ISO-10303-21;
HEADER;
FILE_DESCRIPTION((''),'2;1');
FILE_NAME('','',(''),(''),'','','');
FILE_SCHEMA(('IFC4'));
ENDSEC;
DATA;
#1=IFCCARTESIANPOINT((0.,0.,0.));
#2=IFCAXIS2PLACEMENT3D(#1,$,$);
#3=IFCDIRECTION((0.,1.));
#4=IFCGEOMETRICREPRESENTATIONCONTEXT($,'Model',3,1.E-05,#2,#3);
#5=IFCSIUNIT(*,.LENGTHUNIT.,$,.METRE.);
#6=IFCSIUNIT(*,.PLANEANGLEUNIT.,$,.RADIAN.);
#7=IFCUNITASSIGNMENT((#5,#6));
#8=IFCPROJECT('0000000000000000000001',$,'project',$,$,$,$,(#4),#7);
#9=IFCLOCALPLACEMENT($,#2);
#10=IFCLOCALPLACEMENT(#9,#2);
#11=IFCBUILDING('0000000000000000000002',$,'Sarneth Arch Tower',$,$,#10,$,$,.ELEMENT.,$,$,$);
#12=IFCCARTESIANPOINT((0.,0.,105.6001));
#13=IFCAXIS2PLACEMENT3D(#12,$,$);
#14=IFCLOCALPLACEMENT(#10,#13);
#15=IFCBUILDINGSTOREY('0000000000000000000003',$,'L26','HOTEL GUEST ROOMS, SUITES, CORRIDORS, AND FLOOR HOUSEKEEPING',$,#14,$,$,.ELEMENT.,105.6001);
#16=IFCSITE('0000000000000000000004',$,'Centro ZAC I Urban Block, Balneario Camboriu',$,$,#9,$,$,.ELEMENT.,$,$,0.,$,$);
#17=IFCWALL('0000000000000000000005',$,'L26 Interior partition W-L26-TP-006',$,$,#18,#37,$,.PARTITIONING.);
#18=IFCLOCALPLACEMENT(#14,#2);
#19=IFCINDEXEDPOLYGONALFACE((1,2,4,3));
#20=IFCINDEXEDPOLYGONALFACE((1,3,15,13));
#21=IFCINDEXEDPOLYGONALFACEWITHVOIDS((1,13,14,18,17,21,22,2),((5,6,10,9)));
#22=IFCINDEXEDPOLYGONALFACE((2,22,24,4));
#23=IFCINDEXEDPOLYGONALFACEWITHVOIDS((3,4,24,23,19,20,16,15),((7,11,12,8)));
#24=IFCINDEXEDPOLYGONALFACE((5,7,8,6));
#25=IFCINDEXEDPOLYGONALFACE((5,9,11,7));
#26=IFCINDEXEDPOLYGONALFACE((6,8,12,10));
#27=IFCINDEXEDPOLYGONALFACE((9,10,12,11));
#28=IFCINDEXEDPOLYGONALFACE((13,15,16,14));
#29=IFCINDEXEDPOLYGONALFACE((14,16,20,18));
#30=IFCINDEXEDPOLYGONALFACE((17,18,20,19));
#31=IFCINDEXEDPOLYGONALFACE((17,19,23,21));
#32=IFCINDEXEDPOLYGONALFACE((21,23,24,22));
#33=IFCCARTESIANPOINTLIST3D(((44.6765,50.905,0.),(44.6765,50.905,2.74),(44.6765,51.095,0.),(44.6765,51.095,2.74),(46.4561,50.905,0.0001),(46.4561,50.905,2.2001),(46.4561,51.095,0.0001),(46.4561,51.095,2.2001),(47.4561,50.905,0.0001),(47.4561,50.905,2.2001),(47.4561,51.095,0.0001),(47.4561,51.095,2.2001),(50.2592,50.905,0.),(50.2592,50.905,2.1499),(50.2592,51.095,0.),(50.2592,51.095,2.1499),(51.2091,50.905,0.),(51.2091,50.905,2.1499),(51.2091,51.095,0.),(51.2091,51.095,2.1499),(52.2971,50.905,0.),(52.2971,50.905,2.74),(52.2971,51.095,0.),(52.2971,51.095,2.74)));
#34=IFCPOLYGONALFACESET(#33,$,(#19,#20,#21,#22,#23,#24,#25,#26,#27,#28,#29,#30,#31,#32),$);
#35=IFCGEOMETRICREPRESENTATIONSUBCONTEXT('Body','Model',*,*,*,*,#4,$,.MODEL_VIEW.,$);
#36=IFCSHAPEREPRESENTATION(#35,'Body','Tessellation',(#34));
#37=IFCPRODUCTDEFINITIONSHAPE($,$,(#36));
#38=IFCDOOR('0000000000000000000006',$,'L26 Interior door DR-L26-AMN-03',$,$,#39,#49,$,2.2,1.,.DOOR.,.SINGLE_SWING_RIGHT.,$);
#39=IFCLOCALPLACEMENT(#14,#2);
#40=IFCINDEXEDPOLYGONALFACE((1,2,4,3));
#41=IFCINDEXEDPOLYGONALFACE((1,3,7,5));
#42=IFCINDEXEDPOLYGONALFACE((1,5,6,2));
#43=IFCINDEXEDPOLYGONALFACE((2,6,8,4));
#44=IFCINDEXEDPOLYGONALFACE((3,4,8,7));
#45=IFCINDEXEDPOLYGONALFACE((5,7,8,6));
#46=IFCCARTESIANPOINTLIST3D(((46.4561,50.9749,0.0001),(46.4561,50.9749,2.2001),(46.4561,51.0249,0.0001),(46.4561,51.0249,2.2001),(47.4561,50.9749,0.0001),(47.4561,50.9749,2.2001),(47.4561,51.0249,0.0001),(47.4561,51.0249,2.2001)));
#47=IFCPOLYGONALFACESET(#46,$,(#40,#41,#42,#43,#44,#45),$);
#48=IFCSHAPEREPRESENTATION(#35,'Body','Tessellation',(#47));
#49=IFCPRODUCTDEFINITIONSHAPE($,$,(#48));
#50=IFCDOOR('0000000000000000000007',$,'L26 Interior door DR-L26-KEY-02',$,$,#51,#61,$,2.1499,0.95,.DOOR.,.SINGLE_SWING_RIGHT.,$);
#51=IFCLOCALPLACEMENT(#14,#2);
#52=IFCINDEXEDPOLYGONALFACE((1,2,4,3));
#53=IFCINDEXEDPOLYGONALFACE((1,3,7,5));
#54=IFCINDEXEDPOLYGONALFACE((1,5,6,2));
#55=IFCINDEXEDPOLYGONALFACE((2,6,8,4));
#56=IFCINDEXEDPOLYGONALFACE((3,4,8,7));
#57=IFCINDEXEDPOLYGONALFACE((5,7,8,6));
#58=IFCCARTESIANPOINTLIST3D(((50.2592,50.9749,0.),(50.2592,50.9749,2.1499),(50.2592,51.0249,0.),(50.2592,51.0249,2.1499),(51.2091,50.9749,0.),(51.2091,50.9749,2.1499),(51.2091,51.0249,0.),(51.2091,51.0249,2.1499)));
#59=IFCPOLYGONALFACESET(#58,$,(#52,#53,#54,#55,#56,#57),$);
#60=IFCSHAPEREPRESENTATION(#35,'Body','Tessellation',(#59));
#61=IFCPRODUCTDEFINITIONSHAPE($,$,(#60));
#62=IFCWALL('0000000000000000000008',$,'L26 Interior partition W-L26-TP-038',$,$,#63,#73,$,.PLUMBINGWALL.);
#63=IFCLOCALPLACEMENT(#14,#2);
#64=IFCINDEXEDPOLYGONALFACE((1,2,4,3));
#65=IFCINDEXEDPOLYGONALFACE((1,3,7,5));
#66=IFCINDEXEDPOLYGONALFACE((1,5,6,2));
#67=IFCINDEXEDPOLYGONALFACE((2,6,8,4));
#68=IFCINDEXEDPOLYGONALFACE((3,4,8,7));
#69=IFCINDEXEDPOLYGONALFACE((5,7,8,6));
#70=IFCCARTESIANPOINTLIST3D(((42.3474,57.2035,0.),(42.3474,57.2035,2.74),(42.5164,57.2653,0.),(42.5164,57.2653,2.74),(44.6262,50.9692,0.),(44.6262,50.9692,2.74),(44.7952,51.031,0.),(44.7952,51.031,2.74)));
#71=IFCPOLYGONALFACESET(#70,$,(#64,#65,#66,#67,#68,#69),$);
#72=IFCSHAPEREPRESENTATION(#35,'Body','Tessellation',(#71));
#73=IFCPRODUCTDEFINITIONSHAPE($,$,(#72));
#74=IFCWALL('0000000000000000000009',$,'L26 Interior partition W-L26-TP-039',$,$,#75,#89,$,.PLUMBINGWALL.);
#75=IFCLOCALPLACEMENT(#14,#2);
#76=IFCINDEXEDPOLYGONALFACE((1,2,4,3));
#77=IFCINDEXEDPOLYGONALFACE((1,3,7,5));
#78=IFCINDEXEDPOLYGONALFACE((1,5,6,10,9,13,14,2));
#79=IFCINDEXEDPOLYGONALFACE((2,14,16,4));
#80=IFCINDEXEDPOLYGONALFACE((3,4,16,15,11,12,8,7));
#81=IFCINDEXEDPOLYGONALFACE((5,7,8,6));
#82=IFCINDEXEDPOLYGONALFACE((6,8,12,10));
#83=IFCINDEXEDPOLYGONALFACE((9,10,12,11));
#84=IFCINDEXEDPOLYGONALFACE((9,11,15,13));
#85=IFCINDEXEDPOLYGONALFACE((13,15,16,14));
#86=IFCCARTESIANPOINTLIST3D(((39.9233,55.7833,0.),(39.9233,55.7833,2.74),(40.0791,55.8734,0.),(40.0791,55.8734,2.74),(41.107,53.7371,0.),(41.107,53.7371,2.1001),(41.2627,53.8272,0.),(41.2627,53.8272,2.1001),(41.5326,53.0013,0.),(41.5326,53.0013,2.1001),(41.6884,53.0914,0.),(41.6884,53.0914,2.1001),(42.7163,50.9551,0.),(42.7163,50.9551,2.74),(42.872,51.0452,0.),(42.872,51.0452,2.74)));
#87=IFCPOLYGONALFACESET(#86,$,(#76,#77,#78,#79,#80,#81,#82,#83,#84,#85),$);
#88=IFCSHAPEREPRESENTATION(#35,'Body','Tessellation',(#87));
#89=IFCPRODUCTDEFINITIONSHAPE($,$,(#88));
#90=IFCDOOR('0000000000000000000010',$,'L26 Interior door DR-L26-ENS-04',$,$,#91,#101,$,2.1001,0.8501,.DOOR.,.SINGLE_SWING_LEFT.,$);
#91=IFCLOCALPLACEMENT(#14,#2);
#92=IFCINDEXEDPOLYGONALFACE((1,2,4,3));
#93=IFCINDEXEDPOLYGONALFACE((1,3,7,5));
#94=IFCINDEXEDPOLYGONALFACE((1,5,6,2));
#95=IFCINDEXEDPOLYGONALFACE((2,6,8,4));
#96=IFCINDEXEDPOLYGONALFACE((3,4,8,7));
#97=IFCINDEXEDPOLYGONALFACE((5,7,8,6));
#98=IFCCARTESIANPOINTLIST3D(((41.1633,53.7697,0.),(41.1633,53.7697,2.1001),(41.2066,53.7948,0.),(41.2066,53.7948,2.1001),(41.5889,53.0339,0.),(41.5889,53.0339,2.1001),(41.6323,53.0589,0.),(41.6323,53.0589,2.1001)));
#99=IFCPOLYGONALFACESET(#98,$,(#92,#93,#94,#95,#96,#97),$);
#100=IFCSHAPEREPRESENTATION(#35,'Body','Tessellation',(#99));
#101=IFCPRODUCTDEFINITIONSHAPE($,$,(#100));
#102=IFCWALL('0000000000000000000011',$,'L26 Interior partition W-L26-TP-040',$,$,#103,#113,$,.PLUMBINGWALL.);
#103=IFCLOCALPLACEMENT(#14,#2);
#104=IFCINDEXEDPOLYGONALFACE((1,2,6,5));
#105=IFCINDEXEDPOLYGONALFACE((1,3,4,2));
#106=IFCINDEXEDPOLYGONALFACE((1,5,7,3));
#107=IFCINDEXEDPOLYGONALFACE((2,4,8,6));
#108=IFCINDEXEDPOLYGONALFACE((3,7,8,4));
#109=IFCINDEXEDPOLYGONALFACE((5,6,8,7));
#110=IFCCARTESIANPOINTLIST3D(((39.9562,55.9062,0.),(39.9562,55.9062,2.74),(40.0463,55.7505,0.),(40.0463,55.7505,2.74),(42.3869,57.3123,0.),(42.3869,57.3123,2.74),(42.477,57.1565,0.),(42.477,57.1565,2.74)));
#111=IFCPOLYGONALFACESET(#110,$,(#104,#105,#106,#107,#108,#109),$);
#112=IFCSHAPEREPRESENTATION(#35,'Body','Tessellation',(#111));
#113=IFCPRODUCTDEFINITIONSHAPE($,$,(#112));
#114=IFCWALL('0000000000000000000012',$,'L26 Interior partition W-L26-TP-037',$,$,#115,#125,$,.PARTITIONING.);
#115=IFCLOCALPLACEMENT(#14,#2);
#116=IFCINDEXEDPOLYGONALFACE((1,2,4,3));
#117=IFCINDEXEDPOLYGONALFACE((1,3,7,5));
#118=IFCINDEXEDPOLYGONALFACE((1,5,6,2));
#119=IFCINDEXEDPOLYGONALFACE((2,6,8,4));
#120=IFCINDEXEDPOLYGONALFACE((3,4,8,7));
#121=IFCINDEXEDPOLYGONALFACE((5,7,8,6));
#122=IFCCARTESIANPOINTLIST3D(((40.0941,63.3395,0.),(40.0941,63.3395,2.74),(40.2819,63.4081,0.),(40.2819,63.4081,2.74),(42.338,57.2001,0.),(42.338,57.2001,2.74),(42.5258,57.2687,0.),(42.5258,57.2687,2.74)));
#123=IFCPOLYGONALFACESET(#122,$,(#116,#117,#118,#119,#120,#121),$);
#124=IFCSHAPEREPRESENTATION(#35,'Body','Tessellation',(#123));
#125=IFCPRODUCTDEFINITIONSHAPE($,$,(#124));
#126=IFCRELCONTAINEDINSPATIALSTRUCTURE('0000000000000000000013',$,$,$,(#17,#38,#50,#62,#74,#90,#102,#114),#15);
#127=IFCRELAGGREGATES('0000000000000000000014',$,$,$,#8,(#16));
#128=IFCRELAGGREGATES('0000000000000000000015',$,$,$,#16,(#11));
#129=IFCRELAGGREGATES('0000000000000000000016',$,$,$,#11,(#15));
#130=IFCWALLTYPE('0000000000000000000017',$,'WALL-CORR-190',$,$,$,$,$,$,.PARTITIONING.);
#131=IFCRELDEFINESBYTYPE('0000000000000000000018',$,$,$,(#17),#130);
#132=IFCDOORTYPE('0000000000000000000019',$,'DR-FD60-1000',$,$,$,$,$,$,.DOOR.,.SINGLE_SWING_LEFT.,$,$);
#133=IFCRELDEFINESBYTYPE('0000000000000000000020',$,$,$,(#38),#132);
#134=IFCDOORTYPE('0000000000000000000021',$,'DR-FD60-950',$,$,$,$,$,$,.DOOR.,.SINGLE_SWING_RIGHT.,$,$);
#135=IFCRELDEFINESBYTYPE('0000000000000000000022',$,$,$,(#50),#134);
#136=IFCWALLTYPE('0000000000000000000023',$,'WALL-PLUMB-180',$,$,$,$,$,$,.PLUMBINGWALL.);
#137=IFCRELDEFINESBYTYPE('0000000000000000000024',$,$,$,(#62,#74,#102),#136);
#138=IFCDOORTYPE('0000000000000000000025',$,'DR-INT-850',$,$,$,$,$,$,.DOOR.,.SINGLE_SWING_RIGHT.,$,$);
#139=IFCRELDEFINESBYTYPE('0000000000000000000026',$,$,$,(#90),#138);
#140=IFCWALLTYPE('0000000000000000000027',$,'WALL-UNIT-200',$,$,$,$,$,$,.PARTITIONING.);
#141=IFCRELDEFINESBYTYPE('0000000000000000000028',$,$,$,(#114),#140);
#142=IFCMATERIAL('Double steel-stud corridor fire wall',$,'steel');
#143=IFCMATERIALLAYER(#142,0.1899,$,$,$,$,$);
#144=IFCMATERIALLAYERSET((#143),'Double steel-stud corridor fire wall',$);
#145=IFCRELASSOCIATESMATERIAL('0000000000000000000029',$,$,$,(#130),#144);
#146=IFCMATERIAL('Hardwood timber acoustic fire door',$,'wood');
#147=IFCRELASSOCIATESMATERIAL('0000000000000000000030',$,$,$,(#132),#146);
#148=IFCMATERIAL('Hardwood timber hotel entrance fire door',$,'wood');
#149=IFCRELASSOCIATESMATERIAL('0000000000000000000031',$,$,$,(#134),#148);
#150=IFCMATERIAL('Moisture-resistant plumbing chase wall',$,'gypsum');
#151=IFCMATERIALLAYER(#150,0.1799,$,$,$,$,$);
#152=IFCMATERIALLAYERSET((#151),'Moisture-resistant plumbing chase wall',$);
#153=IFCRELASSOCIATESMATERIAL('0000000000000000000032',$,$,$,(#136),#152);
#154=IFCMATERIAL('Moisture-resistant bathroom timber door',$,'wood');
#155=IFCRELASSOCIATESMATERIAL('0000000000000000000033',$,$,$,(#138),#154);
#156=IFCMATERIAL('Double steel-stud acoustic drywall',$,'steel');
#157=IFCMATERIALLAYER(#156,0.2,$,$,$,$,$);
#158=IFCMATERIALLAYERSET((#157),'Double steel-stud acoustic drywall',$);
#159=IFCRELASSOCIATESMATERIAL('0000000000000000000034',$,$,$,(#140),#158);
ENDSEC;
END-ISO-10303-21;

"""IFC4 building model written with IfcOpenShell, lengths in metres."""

from ifc_helpers import new_model, si_unit, direction, frame, frame_2d, origin, place, context, subcontext, project, spatial, rectangle, extrude, material, layer, layer_set, type_object, element, fill, save


model = new_model("IFC4")

# Units and contexts
model_context = context("Model", 3, precision=1e-05, world=origin(), true_north=direction((0.0, 1.0)))
body_context = subcontext(model_context, "Body", "Model", "MODEL_VIEW")
ifc_project = project(units=[si_unit("LENGTHUNIT", "METRE"), si_unit("PLANEANGLEUNIT", "RADIAN")], contexts=[model_context])

# Site, building, storey
site_placement = place(None, origin())
site = spatial("IfcSite", under=ifc_project, at=site_placement, Name="Centro ZAC I Urban Block, Balneario Camboriu", CompositionType="ELEMENT", RefElevation=0.0)
building_placement = place(site_placement, origin())
building = spatial("IfcBuilding", under=site, at=building_placement, Name="Sarneth Arch Tower", CompositionType="ELEMENT")
storey_placement = place(building_placement, frame((0.0, 0.0, 105.6001)))
storey = spatial("IfcBuildingStorey", under=building, at=storey_placement, Name="L26", Description="HOTEL GUEST ROOMS, SUITES, CORRIDORS, AND FLOOR HOUSEKEEPING", CompositionType="ELEMENT", Elevation=105.6001)

# Wall, openings, doors
ifc_material_1 = material(Name="Double steel-stud corridor fire wall", Category="steel")
ifc_layer_1 = layer(ifc_material_1, 0.1899)
ifc_layer_set_1 = layer_set([ifc_layer_1], Name="Double steel-stud corridor fire wall")
wall_type_1 = type_object("IfcWallType", Name="WALL-CORR-190", PredefinedType="PARTITIONING", material=ifc_layer_set_1)
wall_1_placement = place(storey_placement, frame((44.6765, 51.0, 0.0), z_axis=(0.0, 0.0, 1.0), x_axis=(1.0, 0.0, 0.0)))
wall_1 = element("IfcWall", 1, at=wall_1_placement, inside=storey, type_object=wall_type_1, Name="L26 Interior partition W-L26-TP-006", PredefinedType="PARTITIONING", context=body_context, shape_type="SweptSolid", body=[
    extrude(rectangle(XDim=7.6206, YDim=0.1899, at=frame_2d((3.8103, 0.0))), origin(), (0.0, 0.0, 1.0), 2.74),
])
opening_1_placement = place(wall_1_placement, frame((1.7795, 0.0, 0.0)))
opening_1 = element("IfcOpeningElement", 2, at=opening_1_placement, cuts=wall_1, PredefinedType="OPENING", context=body_context, shape_type="SweptSolid", body=[
    extrude(rectangle(XDim=1.0, YDim=2.2, at=frame_2d((0.5, 1.1001))), frame((0.0, 0.105, 0.0), z_axis=(0.0, -1.0, 0.0), x_axis=(1.0, 0.0, 0.0)), (0.0, 0.0, 1.0), 0.21),
])
opening_2_placement = place(wall_1_placement, frame((5.5825, 0.0, 0.0)))
opening_2 = element("IfcOpeningElement", 3, at=opening_2_placement, cuts=wall_1, PredefinedType="OPENING", context=body_context, shape_type="SweptSolid", body=[
    extrude(rectangle(XDim=0.95, YDim=2.1499, at=frame_2d((0.4751, 1.075))), frame((0.0, 0.105, 0.0), z_axis=(0.0, -1.0, 0.0), x_axis=(1.0, 0.0, 0.0)), (0.0, 0.0, 1.0), 0.21),
])
ifc_material_2 = material(Name="Hardwood timber acoustic fire door", Category="wood")
door_type_1 = type_object("IfcDoorType", Name="DR-FD60-1000", OperationType="SINGLE_SWING_LEFT", PredefinedType="DOOR", material=ifc_material_2)
door_1_placement = place(opening_1_placement, origin())
door_1 = element("IfcDoor", 4, at=door_1_placement, inside=storey, type_object=door_type_1, Name="L26 Interior door DR-L26-AMN-03", OperationType="SINGLE_SWING_RIGHT", OverallHeight=2.2, OverallWidth=1.0, PredefinedType="DOOR", context=body_context, shape_type="SweptSolid", body=[
    extrude(rectangle(XDim=1.0, YDim=2.2, at=frame_2d((0.5, 1.1001))), frame((0.0, 0.0249, 0.0), z_axis=(0.0, -1.0, 0.0), x_axis=(1.0, 0.0, 0.0)), (0.0, 0.0, 1.0), 0.05),
])
fill(opening_1, door_1)
ifc_material_3 = material(Name="Hardwood timber hotel entrance fire door", Category="wood")
door_type_2 = type_object("IfcDoorType", Name="DR-FD60-950", OperationType="SINGLE_SWING_RIGHT", PredefinedType="DOOR", material=ifc_material_3)
door_2_placement = place(opening_2_placement, origin())
door_2 = element("IfcDoor", 5, at=door_2_placement, inside=storey, type_object=door_type_2, Name="L26 Interior door DR-L26-KEY-02", OperationType="SINGLE_SWING_RIGHT", OverallHeight=2.1499, OverallWidth=0.95, PredefinedType="DOOR", context=body_context, shape_type="SweptSolid", body=[
    extrude(rectangle(XDim=0.95, YDim=2.1499, at=frame_2d((0.4751, 1.075))), frame((0.0, 0.0249, 0.0), z_axis=(0.0, -1.0, 0.0), x_axis=(1.0, 0.0, 0.0)), (0.0, 0.0, 1.0), 0.05),
])
fill(opening_2, door_2)

# Wall
ifc_material_4 = material(Name="Moisture-resistant plumbing chase wall", Category="gypsum")
ifc_layer_2 = layer(ifc_material_4, 0.1799)
ifc_layer_set_2 = layer_set([ifc_layer_2], Name="Moisture-resistant plumbing chase wall")
wall_type_2 = type_object("IfcWallType", Name="WALL-PLUMB-180", PredefinedType="PLUMBINGWALL", material=ifc_layer_set_2)
wall_2_placement = place(storey_placement, frame((42.4319, 57.2344, 0.0), z_axis=(0.0, 0.0, 1.0), x_axis=(0.343308, -0.939223, 0.0)))
element("IfcWall", 6, at=wall_2_placement, inside=storey, type_object=wall_type_2, Name="L26 Interior partition W-L26-TP-038", PredefinedType="PLUMBINGWALL", context=body_context, shape_type="SweptSolid", body=[
    extrude(rectangle(XDim=6.6377, YDim=0.1799, at=frame_2d((3.3188, 0.0))), origin(), (0.0, 0.0, 1.0), 2.74),
])

# Wall, opening, door
wall_3_placement = place(storey_placement, frame((42.7942, 51.0, 0.0), z_axis=(0.0, 0.0, 1.0), x_axis=(-0.500714, 0.865613, 0.0)))
wall_3 = element("IfcWall", 7, at=wall_3_placement, inside=storey, type_object=wall_type_2, Name="L26 Interior partition W-L26-TP-039", PredefinedType="PLUMBINGWALL", context=body_context, shape_type="SweptSolid", body=[
    extrude(rectangle(XDim=5.5779, YDim=0.1799, at=frame_2d((2.7891, 0.0))), origin(), (0.0, 0.0, 1.0), 2.74),
])
opening_3_placement = place(wall_3_placement, frame((2.364, 0.0, 0.0)))
opening_3 = element("IfcOpeningElement", 8, at=opening_3_placement, cuts=wall_3, PredefinedType="OPENING", context=body_context, shape_type="SweptSolid", body=[
    extrude(rectangle(XDim=0.8501, YDim=2.1001, at=frame_2d((0.425, 1.05))), frame((0.0, 0.0999, 0.0), z_axis=(0.0, -1.0, 0.0), x_axis=(1.0, 0.0, 0.0)), (0.0, 0.0, 1.0), 0.2),
])
ifc_material_5 = material(Name="Moisture-resistant bathroom timber door", Category="wood")
door_type_3 = type_object("IfcDoorType", Name="DR-INT-850", OperationType="SINGLE_SWING_RIGHT", PredefinedType="DOOR", material=ifc_material_5)
door_3_placement = place(opening_3_placement, origin())
door_3 = element("IfcDoor", 9, at=door_3_placement, inside=storey, type_object=door_type_3, Name="L26 Interior door DR-L26-ENS-04", OperationType="SINGLE_SWING_LEFT", OverallHeight=2.1001, OverallWidth=0.8501, PredefinedType="DOOR", context=body_context, shape_type="SweptSolid", body=[
    extrude(rectangle(XDim=0.8501, YDim=2.1001, at=frame_2d((0.425, 1.05))), frame((0.0, 0.0249, 0.0), z_axis=(0.0, -1.0, 0.0), x_axis=(1.0, 0.0, 0.0)), (0.0, 0.0, 1.0), 0.05),
])
fill(opening_3, door_3)

# Walls
wall_4_placement = place(storey_placement, frame((40.0012, 55.8284, 0.0), z_axis=(0.0, 0.0, 1.0), x_axis=(0.865615, 0.500711, 0.0)))
element("IfcWall", 10, at=wall_4_placement, inside=storey, type_object=wall_type_2, Name="L26 Interior partition W-L26-TP-040", PredefinedType="PLUMBINGWALL", context=body_context, shape_type="SweptSolid", body=[
    extrude(rectangle(XDim=2.8081, YDim=0.1799, at=frame_2d((1.4041, 0.0))), origin(), (0.0, 0.0, 1.0), 2.74),
])
ifc_material_6 = material(Name="Double steel-stud acoustic drywall", Category="steel")
ifc_layer_3 = layer(ifc_material_6, 0.2)
ifc_layer_set_3 = layer_set([ifc_layer_3], Name="Double steel-stud acoustic drywall")
wall_type_3 = type_object("IfcWallType", Name="WALL-UNIT-200", PredefinedType="PARTITIONING", material=ifc_layer_set_3)
wall_5_placement = place(storey_placement, frame((40.188, 63.3738, 0.0), z_axis=(0.0, 0.0, 1.0), x_axis=(0.343281, -0.939233, 0.0)))
element("IfcWall", 11, at=wall_5_placement, inside=storey, type_object=wall_type_3, Name="L26 Interior partition W-L26-TP-037", PredefinedType="PARTITIONING", context=body_context, shape_type="SweptSolid", body=[
    extrude(rectangle(XDim=6.5366, YDim=0.2, at=frame_2d((3.2683, 0.0))), origin(), (0.0, 0.0, 1.0), 2.74),
])

save(model, "model.ifc")
